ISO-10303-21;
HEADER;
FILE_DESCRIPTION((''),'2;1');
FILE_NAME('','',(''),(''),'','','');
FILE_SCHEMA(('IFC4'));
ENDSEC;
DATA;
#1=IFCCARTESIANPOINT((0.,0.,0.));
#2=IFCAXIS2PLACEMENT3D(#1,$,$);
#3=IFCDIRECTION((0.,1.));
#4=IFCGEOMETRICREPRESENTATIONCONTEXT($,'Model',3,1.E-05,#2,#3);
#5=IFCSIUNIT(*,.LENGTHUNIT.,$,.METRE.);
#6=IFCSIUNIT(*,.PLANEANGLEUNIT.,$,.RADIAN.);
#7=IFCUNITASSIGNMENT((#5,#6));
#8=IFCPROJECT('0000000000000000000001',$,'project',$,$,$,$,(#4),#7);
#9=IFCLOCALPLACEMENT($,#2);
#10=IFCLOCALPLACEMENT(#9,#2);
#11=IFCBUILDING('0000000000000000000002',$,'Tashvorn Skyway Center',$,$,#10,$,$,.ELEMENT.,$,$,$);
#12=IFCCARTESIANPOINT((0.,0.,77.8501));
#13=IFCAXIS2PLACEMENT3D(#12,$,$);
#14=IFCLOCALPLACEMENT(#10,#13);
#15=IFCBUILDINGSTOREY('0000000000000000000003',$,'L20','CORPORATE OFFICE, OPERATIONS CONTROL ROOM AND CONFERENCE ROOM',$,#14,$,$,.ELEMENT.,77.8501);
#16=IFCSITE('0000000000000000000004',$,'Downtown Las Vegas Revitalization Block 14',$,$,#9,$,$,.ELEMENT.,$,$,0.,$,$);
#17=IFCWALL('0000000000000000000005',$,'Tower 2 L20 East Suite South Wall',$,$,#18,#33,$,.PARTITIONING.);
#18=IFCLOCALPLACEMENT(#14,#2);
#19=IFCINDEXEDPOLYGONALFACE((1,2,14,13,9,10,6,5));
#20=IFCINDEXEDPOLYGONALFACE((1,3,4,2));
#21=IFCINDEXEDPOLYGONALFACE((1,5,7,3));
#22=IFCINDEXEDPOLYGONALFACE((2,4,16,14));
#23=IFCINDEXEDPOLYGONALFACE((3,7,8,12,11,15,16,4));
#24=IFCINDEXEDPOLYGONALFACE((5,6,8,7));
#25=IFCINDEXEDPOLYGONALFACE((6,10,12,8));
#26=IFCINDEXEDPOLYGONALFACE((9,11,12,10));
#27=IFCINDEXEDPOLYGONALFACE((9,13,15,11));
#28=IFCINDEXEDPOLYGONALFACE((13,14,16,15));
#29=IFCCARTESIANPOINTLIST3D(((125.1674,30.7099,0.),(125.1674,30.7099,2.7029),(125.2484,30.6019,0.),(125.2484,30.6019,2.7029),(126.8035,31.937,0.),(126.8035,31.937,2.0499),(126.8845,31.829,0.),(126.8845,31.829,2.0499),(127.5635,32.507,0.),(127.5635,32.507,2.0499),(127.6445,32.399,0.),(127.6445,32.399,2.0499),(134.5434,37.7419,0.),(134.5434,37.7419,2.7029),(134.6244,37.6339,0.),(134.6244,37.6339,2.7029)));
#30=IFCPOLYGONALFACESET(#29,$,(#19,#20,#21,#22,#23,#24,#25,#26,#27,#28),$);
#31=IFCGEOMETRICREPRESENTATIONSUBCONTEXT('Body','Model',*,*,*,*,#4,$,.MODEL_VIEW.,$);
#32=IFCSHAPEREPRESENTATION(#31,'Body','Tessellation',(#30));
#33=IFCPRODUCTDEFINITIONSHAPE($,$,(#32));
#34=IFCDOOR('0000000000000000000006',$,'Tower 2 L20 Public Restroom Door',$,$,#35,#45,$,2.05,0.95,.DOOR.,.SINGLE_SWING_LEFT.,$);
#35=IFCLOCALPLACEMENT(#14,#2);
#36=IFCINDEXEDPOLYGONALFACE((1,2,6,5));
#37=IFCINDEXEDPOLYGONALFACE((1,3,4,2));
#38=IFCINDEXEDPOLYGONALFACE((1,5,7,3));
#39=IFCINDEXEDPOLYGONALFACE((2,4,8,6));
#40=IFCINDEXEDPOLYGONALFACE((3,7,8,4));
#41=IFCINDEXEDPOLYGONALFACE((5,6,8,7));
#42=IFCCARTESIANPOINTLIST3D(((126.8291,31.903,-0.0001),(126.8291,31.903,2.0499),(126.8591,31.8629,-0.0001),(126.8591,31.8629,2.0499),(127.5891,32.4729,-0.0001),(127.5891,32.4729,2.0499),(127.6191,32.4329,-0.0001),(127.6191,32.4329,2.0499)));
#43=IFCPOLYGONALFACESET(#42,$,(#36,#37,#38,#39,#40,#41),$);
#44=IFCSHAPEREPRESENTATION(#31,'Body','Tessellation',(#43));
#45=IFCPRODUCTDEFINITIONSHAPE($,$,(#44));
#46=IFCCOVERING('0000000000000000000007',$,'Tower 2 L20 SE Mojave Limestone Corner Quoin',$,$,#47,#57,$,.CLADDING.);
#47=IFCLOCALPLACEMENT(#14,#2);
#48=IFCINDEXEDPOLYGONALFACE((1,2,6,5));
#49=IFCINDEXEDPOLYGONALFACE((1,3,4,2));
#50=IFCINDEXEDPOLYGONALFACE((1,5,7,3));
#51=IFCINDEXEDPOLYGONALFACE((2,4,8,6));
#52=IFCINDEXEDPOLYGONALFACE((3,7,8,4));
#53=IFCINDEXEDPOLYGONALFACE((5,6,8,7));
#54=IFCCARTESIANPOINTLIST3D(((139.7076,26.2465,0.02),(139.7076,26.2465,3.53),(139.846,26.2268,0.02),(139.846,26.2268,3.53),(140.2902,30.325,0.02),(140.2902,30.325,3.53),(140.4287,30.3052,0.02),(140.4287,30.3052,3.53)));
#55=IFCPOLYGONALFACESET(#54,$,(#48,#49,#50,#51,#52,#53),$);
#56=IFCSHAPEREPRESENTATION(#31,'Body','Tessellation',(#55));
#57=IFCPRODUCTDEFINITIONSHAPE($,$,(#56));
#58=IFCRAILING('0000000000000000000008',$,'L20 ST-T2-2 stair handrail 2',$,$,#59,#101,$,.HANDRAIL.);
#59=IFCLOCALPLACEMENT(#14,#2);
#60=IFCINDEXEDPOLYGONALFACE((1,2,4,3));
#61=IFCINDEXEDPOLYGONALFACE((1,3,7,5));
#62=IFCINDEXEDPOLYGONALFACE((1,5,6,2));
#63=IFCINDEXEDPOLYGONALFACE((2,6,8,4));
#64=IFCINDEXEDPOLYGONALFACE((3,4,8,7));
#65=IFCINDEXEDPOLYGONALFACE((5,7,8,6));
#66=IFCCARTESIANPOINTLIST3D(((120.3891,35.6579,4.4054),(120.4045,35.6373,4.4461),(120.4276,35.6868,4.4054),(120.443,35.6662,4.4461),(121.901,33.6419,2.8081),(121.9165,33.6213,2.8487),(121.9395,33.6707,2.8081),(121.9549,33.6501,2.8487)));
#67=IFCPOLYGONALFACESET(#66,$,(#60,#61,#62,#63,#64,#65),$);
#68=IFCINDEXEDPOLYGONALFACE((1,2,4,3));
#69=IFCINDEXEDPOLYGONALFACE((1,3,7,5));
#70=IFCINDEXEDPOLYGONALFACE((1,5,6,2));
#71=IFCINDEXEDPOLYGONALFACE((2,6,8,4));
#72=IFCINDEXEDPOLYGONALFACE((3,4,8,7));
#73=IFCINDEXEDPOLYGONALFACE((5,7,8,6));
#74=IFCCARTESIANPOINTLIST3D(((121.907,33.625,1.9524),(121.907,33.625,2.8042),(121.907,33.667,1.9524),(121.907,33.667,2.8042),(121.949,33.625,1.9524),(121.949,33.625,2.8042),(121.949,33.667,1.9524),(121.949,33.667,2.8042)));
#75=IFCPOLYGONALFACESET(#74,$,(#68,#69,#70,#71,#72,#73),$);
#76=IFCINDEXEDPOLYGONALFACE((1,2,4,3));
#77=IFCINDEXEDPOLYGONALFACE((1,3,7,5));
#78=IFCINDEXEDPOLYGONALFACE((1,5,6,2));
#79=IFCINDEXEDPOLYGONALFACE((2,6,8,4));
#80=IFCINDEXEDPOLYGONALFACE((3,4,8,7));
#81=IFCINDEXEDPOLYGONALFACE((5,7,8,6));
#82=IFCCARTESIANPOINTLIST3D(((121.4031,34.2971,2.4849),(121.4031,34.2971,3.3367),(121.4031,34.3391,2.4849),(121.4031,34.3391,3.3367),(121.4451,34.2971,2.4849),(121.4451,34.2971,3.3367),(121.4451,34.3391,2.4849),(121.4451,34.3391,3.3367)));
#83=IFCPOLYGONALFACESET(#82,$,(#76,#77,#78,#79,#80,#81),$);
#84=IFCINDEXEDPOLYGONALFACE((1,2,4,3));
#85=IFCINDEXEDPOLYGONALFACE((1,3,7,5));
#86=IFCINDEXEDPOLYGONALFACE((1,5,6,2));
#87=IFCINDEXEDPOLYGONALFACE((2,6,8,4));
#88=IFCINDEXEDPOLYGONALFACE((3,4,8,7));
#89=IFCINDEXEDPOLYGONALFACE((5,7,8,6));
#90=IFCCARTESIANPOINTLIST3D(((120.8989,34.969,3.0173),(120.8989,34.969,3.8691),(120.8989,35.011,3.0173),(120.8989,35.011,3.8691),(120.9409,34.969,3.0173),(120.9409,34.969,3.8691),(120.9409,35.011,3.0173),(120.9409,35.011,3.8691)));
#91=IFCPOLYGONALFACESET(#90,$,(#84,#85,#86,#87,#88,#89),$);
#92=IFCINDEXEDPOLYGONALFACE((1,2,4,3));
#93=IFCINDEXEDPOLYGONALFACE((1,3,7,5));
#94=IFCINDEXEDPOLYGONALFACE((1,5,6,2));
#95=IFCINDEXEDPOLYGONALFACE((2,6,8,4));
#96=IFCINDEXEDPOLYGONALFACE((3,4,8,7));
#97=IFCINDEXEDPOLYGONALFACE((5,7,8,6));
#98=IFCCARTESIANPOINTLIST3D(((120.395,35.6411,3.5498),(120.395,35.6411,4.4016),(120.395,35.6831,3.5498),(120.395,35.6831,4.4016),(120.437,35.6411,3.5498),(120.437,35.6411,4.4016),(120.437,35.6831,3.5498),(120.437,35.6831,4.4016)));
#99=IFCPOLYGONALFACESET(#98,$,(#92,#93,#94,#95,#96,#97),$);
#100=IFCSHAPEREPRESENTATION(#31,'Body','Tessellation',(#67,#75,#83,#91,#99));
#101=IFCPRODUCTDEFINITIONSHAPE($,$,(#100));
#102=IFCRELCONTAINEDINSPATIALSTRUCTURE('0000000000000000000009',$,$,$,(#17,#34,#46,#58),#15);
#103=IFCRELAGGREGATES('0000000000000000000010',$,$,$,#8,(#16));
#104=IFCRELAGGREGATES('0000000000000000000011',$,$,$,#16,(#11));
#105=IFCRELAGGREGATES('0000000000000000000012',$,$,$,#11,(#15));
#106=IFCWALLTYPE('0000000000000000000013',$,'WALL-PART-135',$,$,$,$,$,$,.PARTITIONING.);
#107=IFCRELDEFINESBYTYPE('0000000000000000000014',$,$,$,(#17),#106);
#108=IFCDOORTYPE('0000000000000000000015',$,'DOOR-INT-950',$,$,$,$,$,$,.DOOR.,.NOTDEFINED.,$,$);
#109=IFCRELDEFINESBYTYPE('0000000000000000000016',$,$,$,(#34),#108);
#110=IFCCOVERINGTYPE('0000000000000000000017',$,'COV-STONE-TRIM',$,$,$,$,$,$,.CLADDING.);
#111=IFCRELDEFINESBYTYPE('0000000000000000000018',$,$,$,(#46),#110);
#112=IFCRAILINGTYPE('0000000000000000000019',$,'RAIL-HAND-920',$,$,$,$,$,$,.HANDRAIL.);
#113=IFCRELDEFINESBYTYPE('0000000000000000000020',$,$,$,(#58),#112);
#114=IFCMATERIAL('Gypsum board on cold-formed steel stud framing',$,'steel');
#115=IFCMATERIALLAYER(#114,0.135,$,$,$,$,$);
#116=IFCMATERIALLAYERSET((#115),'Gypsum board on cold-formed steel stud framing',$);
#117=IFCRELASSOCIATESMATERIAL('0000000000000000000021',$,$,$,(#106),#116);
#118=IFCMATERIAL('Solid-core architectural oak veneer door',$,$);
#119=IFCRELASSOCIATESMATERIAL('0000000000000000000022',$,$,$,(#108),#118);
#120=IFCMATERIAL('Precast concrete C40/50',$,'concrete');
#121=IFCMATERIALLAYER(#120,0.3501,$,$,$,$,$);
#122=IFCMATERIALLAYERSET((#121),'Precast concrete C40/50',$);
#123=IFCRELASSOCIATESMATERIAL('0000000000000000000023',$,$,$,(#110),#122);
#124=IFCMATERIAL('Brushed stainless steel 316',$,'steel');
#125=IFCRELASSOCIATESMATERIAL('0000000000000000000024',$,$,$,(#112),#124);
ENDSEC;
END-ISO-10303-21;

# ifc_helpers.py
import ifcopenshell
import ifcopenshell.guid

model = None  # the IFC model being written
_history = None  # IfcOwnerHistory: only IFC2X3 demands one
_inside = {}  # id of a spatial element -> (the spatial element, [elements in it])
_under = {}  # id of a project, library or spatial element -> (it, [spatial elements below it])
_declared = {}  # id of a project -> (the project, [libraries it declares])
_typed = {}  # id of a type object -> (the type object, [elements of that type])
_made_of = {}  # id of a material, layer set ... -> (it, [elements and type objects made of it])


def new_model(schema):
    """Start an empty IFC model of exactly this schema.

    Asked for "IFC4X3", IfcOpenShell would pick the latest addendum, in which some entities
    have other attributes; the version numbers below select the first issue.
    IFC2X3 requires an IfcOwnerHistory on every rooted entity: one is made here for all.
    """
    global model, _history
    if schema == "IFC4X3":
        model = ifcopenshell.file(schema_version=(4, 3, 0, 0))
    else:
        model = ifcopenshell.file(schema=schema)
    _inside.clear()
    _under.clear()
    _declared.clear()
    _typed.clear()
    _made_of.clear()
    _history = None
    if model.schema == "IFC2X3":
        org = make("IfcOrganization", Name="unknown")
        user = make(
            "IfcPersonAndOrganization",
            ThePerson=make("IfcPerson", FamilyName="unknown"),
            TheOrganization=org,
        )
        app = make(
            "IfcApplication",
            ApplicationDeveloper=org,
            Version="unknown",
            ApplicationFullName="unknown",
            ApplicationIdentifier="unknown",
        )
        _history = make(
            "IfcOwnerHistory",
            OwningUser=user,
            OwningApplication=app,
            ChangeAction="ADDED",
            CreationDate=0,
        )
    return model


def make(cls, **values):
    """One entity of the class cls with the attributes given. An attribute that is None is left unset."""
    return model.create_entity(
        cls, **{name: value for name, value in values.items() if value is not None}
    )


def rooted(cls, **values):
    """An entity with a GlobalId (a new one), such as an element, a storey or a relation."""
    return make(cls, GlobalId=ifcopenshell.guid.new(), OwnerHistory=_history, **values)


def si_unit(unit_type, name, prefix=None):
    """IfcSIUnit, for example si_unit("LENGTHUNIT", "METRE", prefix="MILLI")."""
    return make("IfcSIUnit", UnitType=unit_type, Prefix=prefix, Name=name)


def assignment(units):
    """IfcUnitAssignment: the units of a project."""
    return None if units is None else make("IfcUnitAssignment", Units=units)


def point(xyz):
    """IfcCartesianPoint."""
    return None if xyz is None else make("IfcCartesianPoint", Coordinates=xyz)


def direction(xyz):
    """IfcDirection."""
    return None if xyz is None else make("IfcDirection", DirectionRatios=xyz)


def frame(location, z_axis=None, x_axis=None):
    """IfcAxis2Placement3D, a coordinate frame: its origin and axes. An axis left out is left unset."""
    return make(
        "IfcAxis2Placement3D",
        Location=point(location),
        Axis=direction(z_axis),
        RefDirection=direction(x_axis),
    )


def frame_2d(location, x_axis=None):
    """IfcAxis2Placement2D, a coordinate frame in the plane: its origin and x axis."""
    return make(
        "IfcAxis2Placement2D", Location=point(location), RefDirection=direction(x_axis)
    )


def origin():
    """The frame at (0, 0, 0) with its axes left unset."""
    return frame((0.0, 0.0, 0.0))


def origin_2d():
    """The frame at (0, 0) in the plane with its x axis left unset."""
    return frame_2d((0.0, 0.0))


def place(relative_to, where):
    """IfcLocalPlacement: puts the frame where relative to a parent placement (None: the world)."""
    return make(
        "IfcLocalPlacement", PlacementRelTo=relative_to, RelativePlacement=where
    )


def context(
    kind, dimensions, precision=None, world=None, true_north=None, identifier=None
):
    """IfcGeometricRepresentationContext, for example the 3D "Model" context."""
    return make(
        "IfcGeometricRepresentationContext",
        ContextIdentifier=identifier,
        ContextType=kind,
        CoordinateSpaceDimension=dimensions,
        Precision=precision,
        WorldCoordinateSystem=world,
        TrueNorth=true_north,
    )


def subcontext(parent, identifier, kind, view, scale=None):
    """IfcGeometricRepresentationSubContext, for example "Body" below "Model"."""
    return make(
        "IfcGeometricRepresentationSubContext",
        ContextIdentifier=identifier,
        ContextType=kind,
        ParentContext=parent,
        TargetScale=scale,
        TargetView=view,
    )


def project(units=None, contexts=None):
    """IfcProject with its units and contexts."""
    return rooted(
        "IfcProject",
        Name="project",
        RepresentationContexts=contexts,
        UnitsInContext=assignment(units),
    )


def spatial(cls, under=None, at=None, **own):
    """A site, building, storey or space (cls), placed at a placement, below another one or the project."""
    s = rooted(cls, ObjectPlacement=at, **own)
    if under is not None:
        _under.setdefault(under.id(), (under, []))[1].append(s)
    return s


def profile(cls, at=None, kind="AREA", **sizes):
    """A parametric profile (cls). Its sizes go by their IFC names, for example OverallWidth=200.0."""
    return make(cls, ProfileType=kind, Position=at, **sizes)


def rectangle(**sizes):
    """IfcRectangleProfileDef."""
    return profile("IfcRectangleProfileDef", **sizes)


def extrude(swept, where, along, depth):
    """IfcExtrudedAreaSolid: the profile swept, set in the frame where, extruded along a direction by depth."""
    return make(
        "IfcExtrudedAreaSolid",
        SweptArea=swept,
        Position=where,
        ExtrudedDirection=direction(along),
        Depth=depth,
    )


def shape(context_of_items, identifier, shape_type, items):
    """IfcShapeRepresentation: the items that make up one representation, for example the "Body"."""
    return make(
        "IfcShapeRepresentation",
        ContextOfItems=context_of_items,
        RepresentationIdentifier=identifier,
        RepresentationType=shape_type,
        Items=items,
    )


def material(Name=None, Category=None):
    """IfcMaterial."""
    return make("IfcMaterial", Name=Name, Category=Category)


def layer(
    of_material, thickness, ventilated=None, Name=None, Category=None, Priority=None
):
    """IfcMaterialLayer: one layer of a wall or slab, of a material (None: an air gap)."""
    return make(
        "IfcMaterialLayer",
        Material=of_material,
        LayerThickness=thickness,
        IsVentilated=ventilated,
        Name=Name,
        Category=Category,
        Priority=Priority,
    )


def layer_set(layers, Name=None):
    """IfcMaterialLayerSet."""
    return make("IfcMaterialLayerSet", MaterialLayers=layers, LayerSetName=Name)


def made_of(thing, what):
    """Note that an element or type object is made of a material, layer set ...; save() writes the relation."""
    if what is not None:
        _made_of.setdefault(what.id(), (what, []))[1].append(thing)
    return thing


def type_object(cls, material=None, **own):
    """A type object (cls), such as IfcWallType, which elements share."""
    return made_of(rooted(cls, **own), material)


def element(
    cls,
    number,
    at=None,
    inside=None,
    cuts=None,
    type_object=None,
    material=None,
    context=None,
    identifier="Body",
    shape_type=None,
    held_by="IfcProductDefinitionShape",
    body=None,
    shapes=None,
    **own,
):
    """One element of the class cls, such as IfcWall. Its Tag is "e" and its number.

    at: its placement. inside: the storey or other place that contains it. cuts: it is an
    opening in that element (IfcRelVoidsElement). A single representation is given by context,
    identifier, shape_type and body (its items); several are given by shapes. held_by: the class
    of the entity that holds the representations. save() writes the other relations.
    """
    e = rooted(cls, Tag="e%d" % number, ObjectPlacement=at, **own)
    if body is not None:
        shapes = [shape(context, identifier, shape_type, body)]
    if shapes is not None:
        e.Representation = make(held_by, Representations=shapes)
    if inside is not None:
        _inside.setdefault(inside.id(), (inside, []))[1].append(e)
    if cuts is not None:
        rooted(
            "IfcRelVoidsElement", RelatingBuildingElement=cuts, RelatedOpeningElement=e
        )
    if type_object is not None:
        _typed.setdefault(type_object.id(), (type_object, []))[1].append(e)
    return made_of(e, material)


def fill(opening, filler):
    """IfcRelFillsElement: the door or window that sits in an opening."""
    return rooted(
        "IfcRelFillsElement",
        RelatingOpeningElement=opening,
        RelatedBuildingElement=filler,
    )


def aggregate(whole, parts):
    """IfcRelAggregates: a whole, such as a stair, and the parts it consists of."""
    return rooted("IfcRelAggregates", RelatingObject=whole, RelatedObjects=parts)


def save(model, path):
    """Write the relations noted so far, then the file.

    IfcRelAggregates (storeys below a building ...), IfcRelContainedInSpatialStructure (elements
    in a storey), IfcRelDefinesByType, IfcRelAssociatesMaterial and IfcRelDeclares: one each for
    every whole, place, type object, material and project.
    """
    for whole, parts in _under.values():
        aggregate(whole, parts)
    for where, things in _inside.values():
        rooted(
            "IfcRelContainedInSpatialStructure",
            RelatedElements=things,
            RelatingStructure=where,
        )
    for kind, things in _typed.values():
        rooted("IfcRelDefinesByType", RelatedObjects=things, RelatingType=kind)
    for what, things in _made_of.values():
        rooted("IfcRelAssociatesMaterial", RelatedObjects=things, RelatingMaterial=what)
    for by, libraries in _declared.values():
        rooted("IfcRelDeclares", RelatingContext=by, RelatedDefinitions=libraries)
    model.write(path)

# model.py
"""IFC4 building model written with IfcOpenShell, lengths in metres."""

from ifc_helpers import new_model, si_unit, direction, frame, frame_2d, origin, origin_2d, place, context, subcontext, project, spatial, rectangle, extrude, material, layer, layer_set, type_object, element, fill, save


model = new_model("IFC4")

# Units and contexts
model_context = context("Model", 3, precision=1e-05, world=origin(), true_north=direction((0.0, 1.0)))
body_context = subcontext(model_context, "Body", "Model", "MODEL_VIEW")
ifc_project = project(units=[si_unit("LENGTHUNIT", "METRE"), si_unit("PLANEANGLEUNIT", "RADIAN")], contexts=[model_context])

# Site, building, storey
site_placement = place(None, origin())
site = spatial("IfcSite", under=ifc_project, at=site_placement, Name="Downtown Las Vegas Revitalization Block 14", CompositionType="ELEMENT", RefElevation=0.0)
building_placement = place(site_placement, origin())
building = spatial("IfcBuilding", under=site, at=building_placement, Name="Tashvorn Skyway Center", CompositionType="ELEMENT")
storey_placement = place(building_placement, frame((0.0, 0.0, 77.8501)))
storey = spatial("IfcBuildingStorey", under=building, at=storey_placement, Name="L20", Description="CORPORATE OFFICE, OPERATIONS CONTROL ROOM AND CONFERENCE ROOM", CompositionType="ELEMENT", Elevation=77.8501)

# Shared definitions
ifc_material_1 = material(Name="Precast concrete C40/50", Category="concrete")

# Shared definitions
ifc_material_2 = material(Name="Gypsum board on cold-formed steel stud framing", Category="steel")
ifc_layer_1 = layer(ifc_material_2, 0.135)
ifc_layer_set_1 = layer_set([ifc_layer_1], Name="Gypsum board on cold-formed steel stud framing")
wall_type_1 = type_object("IfcWallType", Name="WALL-PART-135", PredefinedType="PARTITIONING", material=ifc_layer_set_1)
ifc_material_3 = material(Name="Solid-core architectural oak veneer door")
door_type_1 = type_object("IfcDoorType", Name="DOOR-INT-950", OperationType="NOTDEFINED", PredefinedType="DOOR", material=ifc_material_3)

# Wall, opening, door
wall_1_placement = place(storey_placement, frame((125.208, 30.656, 0.0), z_axis=(0.0, 0.0, 1.0), x_axis=(0.8, 0.6, 0.0)))
wall_1 = element("IfcWall", 1, at=wall_1_placement, inside=storey, type_object=wall_type_1, Name="Tower 2 L20 East Suite South Wall", PredefinedType="PARTITIONING", context=body_context, shape_type="SweptSolid", body=[
    extrude(rectangle(XDim=11.72, YDim=0.135, at=frame_2d((5.8599, 0.0))), origin(), (0.0, 0.0, 1.0), 2.7029),
])
opening_1_placement = place(wall_1_placement, frame((2.0449, 0.0, 0.0)))
opening_1 = element("IfcOpeningElement", 2, at=opening_1_placement, cuts=wall_1, PredefinedType="OPENING", context=body_context, shape_type="SweptSolid", body=[
    extrude(rectangle(XDim=0.95, YDim=2.05, at=frame_2d((0.4751, 1.0249))), frame((0.0, 0.0774, 0.0), z_axis=(0.0, -1.0, 0.0), x_axis=(1.0, 0.0, 0.0)), (0.0, 0.0, 1.0), 0.155),
])
door_1_placement = place(opening_1_placement, origin())
door_1 = element("IfcDoor", 3, at=door_1_placement, inside=storey, type_object=door_type_1, Name="Tower 2 L20 Public Restroom Door", OperationType="SINGLE_SWING_LEFT", OverallHeight=2.05, OverallWidth=0.95, PredefinedType="DOOR", context=body_context, shape_type="SweptSolid", body=[
    extrude(rectangle(XDim=0.95, YDim=2.05, at=frame_2d((0.4751, 1.0249))), frame((0.0, 0.0249, 0.0), z_axis=(0.0, -1.0, 0.0), x_axis=(1.0, 0.0, 0.0)), (0.0, 0.0, 1.0), 0.05),
])
fill(opening_1, door_1)

# Covering
ifc_layer_2 = layer(ifc_material_1, 0.3501)
ifc_layer_set_2 = layer_set([ifc_layer_2], Name="Precast concrete C40/50")
covering_type = type_object("IfcCoveringType", Name="COV-STONE-TRIM", PredefinedType="CLADDING", material=ifc_layer_set_2)
covering_placement = place(storey_placement, frame((140.0681, 28.2759, 0.02), z_axis=(0.0, 0.0, 1.0), x_axis=(0.141421, 0.989949, 0.0)))
element("IfcCovering", 4, at=covering_placement, inside=storey, type_object=covering_type, Name="Tower 2 L20 SE Mojave Limestone Corner Quoin", PredefinedType="CLADDING", context=body_context, shape_type="SweptSolid", body=[
    extrude(rectangle(XDim=4.1199, YDim=0.1399, at=origin_2d()), origin(), (0.0, 0.0, 1.0), 3.51),
])

# Railing
ifc_material_4 = material(Name="Brushed stainless steel 316", Category="steel")
railing_type = type_object("IfcRailingType", Name="RAIL-HAND-920", PredefinedType="HANDRAIL", material=ifc_material_4)
railing_placement = place(storey_placement, frame((121.928, 33.646, 1.9524)))
element("IfcRailing", 5, at=railing_placement, inside=storey, type_object=railing_type, Name="L20 ST-T2-2 stair handrail 2", PredefinedType="HANDRAIL", context=body_context, shape_type="SweptSolid", body=[
    extrude(rectangle(XDim=0.0481, YDim=0.0481, at=origin_2d()), frame((0.0, 0.0, 0.876), z_axis=(-0.506741, 0.675709, 0.535379), x_axis=(-0.800023, -0.599969, 0.0)), (0.0, 0.0, 1.0), 2.9836),
    extrude(rectangle(XDim=0.042, YDim=0.042, at=origin_2d()), origin(), (0.0, 0.0, 1.0), 0.8518),
    extrude(rectangle(XDim=0.042, YDim=0.042, at=origin_2d()), frame((-0.5039, 0.6721, 0.5325)), (0.0, 0.0, 1.0), 0.8518),
    extrude(rectangle(XDim=0.042, YDim=0.042, at=origin_2d()), frame((-1.0081, 1.344, 1.0649)), (0.0, 0.0, 1.0), 0.8518),
    extrude(rectangle(XDim=0.042, YDim=0.042, at=origin_2d()), frame((-1.512, 2.0161, 1.5974)), (0.0, 0.0, 1.0), 0.8518),
])

save(model, "model.ifc")
